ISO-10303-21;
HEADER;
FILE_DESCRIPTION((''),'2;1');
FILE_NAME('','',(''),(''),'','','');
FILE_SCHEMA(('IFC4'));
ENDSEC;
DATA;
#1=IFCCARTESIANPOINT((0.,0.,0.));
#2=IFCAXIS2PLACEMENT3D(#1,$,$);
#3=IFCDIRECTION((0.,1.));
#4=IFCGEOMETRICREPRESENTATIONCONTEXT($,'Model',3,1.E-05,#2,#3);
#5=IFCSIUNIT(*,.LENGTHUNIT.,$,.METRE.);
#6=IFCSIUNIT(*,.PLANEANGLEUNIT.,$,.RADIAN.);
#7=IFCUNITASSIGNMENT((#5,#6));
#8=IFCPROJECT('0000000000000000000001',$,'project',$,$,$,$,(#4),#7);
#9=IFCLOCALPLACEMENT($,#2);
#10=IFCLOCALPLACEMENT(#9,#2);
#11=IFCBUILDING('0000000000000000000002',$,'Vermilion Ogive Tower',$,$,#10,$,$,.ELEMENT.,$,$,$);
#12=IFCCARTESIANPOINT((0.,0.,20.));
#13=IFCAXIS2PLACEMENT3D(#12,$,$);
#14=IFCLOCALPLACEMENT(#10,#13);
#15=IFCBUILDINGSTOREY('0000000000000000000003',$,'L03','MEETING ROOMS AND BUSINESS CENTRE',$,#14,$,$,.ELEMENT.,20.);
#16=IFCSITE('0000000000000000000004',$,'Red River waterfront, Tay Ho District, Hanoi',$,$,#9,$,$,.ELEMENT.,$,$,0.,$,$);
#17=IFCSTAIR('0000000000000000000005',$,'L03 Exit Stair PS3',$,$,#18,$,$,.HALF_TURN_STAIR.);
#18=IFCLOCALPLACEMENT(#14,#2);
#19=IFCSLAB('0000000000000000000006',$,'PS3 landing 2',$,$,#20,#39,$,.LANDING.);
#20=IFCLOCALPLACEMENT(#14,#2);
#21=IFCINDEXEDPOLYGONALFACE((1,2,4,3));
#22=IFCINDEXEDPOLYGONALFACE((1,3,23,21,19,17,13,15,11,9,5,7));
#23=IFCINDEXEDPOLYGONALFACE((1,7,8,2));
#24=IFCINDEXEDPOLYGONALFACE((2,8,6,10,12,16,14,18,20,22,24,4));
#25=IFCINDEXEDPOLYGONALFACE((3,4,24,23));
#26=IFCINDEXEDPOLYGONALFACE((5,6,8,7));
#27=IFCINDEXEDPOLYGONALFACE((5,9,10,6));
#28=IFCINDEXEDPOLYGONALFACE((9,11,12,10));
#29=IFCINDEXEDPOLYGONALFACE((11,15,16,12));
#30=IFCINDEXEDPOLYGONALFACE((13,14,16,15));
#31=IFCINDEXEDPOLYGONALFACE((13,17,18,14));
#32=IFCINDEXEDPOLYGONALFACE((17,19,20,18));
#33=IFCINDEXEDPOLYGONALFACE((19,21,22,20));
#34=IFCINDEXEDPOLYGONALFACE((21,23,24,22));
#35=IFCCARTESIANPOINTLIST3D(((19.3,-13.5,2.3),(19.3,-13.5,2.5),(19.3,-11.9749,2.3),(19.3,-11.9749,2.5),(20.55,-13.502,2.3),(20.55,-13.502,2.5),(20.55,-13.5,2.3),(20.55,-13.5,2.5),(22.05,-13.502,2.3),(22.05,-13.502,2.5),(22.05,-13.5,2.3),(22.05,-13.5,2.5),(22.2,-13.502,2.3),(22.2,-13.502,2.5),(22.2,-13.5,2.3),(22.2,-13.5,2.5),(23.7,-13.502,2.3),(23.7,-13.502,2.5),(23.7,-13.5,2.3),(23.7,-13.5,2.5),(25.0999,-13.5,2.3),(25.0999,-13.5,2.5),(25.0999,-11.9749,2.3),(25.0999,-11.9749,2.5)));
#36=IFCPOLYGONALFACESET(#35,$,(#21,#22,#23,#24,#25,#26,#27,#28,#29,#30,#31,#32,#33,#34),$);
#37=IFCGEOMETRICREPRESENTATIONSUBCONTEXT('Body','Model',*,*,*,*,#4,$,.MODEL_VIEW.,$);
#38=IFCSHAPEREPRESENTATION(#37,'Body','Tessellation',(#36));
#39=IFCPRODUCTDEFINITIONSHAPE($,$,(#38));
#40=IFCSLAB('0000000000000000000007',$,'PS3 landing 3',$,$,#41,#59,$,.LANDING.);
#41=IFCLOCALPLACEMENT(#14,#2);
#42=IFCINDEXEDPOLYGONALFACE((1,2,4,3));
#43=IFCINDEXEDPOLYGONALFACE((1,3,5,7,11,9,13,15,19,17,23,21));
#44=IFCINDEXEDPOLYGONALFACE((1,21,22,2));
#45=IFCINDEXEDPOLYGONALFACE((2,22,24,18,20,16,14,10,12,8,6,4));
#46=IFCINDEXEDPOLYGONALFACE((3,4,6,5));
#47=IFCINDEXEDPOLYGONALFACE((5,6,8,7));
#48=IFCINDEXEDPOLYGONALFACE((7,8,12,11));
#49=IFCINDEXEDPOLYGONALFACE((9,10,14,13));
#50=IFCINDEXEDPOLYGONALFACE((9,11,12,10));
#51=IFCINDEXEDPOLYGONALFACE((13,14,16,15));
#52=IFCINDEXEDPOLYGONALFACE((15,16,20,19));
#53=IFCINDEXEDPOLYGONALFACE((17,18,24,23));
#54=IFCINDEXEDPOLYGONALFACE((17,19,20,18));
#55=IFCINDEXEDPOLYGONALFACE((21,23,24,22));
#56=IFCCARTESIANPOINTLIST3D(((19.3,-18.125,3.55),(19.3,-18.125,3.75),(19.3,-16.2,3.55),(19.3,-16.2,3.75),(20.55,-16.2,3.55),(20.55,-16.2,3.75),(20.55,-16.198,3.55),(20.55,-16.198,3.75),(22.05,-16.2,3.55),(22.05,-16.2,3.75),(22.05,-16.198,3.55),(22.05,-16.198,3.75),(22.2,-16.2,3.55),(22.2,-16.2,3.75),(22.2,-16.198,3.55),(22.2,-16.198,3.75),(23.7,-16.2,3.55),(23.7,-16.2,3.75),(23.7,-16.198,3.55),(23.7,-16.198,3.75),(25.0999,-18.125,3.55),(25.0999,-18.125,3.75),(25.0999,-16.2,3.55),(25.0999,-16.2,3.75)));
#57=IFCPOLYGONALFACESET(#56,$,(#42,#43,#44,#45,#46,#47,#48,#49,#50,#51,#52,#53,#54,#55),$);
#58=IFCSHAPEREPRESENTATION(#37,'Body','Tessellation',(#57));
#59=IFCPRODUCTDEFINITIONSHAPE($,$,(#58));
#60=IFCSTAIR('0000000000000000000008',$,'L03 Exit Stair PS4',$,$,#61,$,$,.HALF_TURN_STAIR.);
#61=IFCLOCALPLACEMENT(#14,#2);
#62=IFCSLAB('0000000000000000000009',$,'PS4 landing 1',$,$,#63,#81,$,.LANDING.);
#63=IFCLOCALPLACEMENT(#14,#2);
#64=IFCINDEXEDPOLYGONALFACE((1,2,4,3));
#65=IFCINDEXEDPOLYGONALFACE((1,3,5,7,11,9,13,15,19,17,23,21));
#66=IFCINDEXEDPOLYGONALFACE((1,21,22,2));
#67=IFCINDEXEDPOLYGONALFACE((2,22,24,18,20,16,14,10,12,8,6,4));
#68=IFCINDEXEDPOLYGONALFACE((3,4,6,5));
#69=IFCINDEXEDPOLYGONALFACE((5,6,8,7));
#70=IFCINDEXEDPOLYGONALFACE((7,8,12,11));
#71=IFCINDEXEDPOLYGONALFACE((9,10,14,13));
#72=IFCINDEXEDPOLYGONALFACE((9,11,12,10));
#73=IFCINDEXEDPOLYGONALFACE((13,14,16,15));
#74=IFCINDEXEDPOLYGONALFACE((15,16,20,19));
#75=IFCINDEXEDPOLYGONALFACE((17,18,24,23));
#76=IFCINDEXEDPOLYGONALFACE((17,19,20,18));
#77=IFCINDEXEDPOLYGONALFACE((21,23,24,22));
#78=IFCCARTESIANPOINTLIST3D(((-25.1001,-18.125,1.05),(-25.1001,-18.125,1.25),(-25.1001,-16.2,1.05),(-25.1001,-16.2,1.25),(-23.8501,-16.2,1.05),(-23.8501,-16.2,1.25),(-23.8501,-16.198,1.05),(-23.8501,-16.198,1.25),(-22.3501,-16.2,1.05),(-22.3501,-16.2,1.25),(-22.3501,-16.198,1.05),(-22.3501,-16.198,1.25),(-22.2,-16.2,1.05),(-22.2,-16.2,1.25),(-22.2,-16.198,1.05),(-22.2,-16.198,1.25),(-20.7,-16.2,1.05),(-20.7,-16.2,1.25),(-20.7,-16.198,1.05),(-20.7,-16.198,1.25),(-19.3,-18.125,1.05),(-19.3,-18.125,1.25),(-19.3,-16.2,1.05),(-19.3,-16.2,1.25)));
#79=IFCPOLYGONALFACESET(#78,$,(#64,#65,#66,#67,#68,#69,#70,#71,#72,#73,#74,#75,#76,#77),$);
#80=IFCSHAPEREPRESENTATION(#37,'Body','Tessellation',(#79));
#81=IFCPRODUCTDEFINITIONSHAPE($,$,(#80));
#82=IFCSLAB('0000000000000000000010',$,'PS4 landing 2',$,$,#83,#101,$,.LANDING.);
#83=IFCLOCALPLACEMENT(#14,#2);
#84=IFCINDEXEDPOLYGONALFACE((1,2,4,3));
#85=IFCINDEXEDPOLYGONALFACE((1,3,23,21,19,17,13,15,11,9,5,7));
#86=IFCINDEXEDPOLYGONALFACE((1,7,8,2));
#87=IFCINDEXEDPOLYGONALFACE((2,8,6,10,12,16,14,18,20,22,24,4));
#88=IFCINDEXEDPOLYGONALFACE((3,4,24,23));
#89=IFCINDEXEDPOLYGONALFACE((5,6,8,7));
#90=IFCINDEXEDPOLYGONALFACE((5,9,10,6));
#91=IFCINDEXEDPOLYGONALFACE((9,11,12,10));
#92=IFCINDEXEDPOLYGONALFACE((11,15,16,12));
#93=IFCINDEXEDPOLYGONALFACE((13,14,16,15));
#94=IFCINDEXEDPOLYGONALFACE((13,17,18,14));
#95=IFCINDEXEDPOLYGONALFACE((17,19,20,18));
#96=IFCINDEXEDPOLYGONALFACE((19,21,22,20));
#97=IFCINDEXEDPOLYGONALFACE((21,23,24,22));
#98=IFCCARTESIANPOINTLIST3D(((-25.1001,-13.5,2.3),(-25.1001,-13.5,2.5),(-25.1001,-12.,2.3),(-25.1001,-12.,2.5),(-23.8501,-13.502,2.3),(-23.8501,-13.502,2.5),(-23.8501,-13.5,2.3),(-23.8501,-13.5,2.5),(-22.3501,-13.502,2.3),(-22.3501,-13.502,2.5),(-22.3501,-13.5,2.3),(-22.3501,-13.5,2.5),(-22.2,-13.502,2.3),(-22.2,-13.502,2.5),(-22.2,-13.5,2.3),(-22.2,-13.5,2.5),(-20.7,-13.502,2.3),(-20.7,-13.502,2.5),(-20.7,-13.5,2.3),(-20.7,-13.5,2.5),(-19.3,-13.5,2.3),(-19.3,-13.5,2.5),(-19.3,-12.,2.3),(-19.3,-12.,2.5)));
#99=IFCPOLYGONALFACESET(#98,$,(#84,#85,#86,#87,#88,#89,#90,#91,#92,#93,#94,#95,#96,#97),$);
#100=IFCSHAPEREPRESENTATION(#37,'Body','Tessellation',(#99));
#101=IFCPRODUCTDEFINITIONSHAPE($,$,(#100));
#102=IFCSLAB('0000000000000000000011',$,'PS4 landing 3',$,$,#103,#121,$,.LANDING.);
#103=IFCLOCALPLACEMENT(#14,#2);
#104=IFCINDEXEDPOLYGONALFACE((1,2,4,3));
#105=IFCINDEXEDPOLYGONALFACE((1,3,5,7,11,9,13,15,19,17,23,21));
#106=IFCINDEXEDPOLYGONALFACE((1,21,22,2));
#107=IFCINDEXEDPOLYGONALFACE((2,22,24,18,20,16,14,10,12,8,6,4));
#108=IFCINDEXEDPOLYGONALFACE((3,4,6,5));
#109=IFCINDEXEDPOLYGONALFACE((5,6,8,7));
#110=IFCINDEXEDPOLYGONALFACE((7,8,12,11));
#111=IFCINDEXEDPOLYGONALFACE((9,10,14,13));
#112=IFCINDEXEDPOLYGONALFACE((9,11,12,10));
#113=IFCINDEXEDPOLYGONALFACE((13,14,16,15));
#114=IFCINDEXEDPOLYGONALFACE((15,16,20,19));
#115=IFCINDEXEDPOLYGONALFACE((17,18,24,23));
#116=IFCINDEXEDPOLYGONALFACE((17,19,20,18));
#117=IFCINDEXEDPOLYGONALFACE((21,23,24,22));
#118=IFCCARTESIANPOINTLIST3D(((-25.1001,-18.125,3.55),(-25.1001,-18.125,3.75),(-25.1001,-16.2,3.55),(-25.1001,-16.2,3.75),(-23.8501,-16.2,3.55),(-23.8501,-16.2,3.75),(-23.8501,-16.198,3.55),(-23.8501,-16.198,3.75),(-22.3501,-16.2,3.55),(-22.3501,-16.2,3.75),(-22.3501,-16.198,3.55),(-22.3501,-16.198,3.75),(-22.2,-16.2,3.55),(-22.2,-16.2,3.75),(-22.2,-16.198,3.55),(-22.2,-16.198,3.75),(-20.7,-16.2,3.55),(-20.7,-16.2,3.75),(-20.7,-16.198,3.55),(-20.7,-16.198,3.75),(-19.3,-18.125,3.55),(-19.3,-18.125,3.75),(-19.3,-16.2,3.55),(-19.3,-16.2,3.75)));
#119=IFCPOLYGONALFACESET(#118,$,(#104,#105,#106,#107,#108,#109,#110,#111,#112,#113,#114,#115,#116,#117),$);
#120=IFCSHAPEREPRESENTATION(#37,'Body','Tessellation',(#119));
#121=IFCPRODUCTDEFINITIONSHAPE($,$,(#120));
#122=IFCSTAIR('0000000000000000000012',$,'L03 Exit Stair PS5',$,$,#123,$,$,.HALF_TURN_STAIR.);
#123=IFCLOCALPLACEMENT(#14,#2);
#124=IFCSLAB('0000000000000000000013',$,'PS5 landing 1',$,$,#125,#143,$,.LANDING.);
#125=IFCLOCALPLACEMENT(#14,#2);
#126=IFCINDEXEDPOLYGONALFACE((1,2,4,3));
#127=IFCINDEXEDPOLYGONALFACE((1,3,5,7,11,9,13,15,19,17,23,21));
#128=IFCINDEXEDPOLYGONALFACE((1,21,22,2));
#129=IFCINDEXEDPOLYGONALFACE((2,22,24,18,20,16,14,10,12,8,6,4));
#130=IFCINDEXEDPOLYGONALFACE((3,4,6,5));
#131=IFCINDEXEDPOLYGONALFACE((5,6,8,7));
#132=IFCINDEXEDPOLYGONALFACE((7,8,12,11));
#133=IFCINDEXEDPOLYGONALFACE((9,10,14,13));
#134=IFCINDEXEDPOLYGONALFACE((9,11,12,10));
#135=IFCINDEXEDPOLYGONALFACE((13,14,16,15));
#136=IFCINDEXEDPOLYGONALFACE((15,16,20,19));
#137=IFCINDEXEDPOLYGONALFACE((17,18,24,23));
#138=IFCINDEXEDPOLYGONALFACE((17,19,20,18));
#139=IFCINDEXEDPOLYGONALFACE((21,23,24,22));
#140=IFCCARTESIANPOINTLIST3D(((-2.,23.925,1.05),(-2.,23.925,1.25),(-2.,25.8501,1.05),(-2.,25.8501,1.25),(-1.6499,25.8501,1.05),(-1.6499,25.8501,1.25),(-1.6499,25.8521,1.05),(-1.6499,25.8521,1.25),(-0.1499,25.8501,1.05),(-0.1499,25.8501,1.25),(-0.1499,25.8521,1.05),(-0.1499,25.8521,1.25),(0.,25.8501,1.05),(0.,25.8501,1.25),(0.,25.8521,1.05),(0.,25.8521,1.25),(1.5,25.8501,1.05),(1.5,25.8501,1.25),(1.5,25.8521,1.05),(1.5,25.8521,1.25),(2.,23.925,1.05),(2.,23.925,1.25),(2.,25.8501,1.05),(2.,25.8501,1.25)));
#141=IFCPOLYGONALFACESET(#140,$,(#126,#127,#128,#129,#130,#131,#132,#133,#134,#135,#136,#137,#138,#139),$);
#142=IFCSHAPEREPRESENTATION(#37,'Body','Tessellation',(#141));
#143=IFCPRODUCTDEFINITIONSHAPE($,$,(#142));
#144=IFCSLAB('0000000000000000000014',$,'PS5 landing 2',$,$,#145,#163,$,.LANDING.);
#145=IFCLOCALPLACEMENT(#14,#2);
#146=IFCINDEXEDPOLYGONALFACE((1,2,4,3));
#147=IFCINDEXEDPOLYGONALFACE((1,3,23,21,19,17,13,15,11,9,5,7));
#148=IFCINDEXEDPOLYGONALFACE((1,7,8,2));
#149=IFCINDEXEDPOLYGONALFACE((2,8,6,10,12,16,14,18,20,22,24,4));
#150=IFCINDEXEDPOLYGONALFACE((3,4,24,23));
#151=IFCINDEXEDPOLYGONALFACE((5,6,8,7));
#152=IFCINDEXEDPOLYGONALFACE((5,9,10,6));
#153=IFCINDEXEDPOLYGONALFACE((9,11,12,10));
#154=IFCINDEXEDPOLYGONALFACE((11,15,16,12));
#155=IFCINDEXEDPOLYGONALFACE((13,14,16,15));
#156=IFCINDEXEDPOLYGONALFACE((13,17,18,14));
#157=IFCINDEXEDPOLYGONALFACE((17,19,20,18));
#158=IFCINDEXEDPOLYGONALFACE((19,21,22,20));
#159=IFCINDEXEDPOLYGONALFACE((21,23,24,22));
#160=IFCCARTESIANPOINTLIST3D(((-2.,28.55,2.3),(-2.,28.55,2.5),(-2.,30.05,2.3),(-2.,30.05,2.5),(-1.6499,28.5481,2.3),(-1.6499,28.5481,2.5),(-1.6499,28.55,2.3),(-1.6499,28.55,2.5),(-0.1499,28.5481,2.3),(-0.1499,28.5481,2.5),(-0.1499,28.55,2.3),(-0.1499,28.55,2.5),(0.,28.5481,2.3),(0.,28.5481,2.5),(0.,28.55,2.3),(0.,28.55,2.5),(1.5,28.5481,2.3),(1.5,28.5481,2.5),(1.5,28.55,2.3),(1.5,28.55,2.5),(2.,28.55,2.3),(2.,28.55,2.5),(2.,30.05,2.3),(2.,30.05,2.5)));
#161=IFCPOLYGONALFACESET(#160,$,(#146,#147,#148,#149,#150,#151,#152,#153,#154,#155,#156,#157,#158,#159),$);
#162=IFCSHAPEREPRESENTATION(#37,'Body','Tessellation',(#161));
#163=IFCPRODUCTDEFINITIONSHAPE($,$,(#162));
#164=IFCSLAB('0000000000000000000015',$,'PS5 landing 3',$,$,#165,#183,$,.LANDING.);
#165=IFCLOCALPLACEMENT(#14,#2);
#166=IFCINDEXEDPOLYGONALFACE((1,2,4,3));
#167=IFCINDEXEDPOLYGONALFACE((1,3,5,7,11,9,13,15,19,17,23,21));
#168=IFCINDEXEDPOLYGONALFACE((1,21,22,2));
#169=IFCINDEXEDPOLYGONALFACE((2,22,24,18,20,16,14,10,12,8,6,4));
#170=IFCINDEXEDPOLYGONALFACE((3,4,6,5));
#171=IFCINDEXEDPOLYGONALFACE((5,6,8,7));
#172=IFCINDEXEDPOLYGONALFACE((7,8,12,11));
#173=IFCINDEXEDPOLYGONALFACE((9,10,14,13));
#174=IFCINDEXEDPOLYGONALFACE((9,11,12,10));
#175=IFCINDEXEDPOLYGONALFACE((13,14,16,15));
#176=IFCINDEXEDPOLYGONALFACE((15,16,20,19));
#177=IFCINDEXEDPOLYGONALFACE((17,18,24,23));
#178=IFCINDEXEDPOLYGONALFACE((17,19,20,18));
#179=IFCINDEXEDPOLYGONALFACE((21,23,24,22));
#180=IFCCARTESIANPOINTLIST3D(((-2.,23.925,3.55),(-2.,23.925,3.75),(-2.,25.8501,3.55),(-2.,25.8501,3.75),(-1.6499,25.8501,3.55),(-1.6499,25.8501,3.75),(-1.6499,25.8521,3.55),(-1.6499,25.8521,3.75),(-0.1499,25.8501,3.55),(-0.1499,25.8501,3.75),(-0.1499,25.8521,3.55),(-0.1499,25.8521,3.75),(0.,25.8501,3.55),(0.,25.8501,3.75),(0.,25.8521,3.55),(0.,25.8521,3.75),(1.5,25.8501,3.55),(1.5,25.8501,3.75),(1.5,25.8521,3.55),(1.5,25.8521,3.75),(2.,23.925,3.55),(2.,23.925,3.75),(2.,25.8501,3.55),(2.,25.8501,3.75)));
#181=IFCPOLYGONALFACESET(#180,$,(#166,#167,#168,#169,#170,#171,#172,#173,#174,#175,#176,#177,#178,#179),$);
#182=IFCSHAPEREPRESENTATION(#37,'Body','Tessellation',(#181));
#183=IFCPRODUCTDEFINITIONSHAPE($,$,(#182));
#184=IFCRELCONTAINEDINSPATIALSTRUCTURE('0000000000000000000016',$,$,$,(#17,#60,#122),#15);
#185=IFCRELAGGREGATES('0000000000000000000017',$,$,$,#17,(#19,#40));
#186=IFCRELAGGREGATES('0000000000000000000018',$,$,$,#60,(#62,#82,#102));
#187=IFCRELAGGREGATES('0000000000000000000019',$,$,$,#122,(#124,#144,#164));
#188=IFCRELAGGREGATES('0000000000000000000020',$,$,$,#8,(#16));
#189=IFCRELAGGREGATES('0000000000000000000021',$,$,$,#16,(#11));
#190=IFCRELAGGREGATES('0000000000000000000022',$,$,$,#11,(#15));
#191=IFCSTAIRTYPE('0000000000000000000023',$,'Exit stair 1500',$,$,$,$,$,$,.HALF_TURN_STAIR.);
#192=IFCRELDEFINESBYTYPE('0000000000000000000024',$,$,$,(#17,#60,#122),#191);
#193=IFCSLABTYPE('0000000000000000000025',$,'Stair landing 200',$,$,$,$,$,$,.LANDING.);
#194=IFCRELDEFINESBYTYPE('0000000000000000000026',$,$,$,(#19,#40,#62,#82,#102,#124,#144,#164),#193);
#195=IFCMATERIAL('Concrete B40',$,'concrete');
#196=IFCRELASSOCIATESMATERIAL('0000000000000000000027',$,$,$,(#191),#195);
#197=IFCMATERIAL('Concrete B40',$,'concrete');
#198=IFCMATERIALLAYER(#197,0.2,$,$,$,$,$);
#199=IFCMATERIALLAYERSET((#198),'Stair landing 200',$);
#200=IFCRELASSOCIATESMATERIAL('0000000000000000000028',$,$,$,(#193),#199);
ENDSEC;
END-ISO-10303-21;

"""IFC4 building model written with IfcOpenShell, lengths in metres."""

from ifc_helpers import new_model, si_unit, direction, frame, origin, place, context, subcontext, project, spatial, polyline, outline, extrude, material, layer, layer_set, type_object, element, aggregate, save


model = new_model("IFC4")

# Units and contexts
model_context = context("Model", 3, precision=1e-05, world=origin(), true_north=direction((0.0, 1.0)))
body_context = subcontext(model_context, "Body", "Model", "MODEL_VIEW")
ifc_project = project(units=[si_unit("LENGTHUNIT", "METRE"), si_unit("PLANEANGLEUNIT", "RADIAN")], contexts=[model_context])

# Site, building, storey
site_placement = place(None, origin())
site = spatial("IfcSite", under=ifc_project, at=site_placement, Name="Red River waterfront, Tay Ho District, Hanoi", CompositionType="ELEMENT", RefElevation=0.0)
building_placement = place(site_placement, origin())
building = spatial("IfcBuilding", under=site, at=building_placement, Name="Vermilion Ogive Tower", CompositionType="ELEMENT")
storey_placement = place(building_placement, frame((0.0, 0.0, 20.0)))
storey = spatial("IfcBuildingStorey", under=building, at=storey_placement, Name="L03", Description="MEETING ROOMS AND BUSINESS CENTRE", CompositionType="ELEMENT", Elevation=20.0)

# Shared definitions
ifc_material_1 = material(Name="Concrete B40", Category="concrete")
stair_type = type_object("IfcStairType", Name="Exit stair 1500", PredefinedType="HALF_TURN_STAIR", material=ifc_material_1)
ifc_material_2 = material(Name="Concrete B40", Category="concrete")
ifc_layer_1 = layer(ifc_material_2, 0.2)
ifc_layer_set_1 = layer_set([ifc_layer_1], Name="Stair landing 200")
slab_type_1 = type_object("IfcSlabType", Name="Stair landing 200", PredefinedType="LANDING", material=ifc_layer_set_1)

# Stairs, slabs
stair_1_placement = place(storey_placement, origin())
stair_1 = element("IfcStair", 1, at=stair_1_placement, inside=storey, type_object=stair_type, Name="L03 Exit Stair PS3", PredefinedType="HALF_TURN_STAIR")
slab_1_placement = place(storey_placement, frame((0.0, 0.0, 2.3)))
slab_1 = element("IfcSlab", 2, at=slab_1_placement, type_object=slab_type_1, Name="PS3 landing 2", PredefinedType="LANDING", context=body_context, shape_type="SweptSolid", body=[
    extrude(outline(polyline([(19.3, -13.5), (20.55, -13.5), (20.55, -13.502), (22.05, -13.502), (22.05, -13.5), (22.2, -13.5), (22.2, -13.502), (23.7, -13.502), (23.7, -13.5), (25.0999, -13.5), (25.0999, -11.9749), (19.3, -11.9749), (19.3, -13.5)])), origin(), (0.0, 0.0, 1.0), 0.2),
])
slab_2_placement = place(storey_placement, frame((0.0, 0.0, 3.55)))
slab_2 = element("IfcSlab", 3, at=slab_2_placement, type_object=slab_type_1, Name="PS3 landing 3", PredefinedType="LANDING", context=body_context, shape_type="SweptSolid", body=[
    extrude(outline(polyline([(25.0999, -16.2), (23.7, -16.2), (23.7, -16.198), (22.2, -16.198), (22.2, -16.2), (22.05, -16.2), (22.05, -16.198), (20.55, -16.198), (20.55, -16.2), (19.3, -16.2), (19.3, -18.125), (25.0999, -18.125), (25.0999, -16.2)])), origin(), (0.0, 0.0, 1.0), 0.2),
])
aggregate(stair_1, [slab_1, slab_2])
stair_2_placement = place(storey_placement, origin())
stair_2 = element("IfcStair", 4, at=stair_2_placement, inside=storey, type_object=stair_type, Name="L03 Exit Stair PS4", PredefinedType="HALF_TURN_STAIR")
slab_3_placement = place(storey_placement, frame((0.0, 0.0, 1.05)))
slab_3 = element("IfcSlab", 5, at=slab_3_placement, type_object=slab_type_1, Name="PS4 landing 1", PredefinedType="LANDING", context=body_context, shape_type="SweptSolid", body=[
    extrude(outline(polyline([(-19.3, -16.2), (-20.7, -16.2), (-20.7, -16.198), (-22.2, -16.198), (-22.2, -16.2), (-22.3501, -16.2), (-22.3501, -16.198), (-23.8501, -16.198), (-23.8501, -16.2), (-25.1001, -16.2), (-25.1001, -18.125), (-19.3, -18.125), (-19.3, -16.2)])), origin(), (0.0, 0.0, 1.0), 0.2),
])
slab_4_placement = place(storey_placement, frame((0.0, 0.0, 2.3)))
slab_4 = element("IfcSlab", 6, at=slab_4_placement, type_object=slab_type_1, Name="PS4 landing 2", PredefinedType="LANDING", context=body_context, shape_type="SweptSolid", body=[
    extrude(outline(polyline([(-25.1001, -13.5), (-23.8501, -13.5), (-23.8501, -13.502), (-22.3501, -13.502), (-22.3501, -13.5), (-22.2, -13.5), (-22.2, -13.502), (-20.7, -13.502), (-20.7, -13.5), (-19.3, -13.5), (-19.3, -12.0), (-25.1001, -12.0), (-25.1001, -13.5)])), origin(), (0.0, 0.0, 1.0), 0.2),
])
slab_5_placement = place(storey_placement, frame((0.0, 0.0, 3.55)))
slab_5 = element("IfcSlab", 7, at=slab_5_placement, type_object=slab_type_1, Name="PS4 landing 3", PredefinedType="LANDING", context=body_context, shape_type="SweptSolid", body=[
    extrude(outline(polyline([(-19.3, -16.2), (-20.7, -16.2), (-20.7, -16.198), (-22.2, -16.198), (-22.2, -16.2), (-22.3501, -16.2), (-22.3501, -16.198), (-23.8501, -16.198), (-23.8501, -16.2), (-25.1001, -16.2), (-25.1001, -18.125), (-19.3, -18.125), (-19.3, -16.2)])), origin(), (0.0, 0.0, 1.0), 0.2),
])
aggregate(stair_2, [slab_3, slab_4, slab_5])
stair_3_placement = place(storey_placement, origin())
stair_3 = element("IfcStair", 8, at=stair_3_placement, inside=storey, type_object=stair_type, Name="L03 Exit Stair PS5", PredefinedType="HALF_TURN_STAIR")
slab_6_placement = place(storey_placement, frame((0.0, 0.0, 1.05)))
slab_6 = element("IfcSlab", 9, at=slab_6_placement, type_object=slab_type_1, Name="PS5 landing 1", PredefinedType="LANDING", context=body_context, shape_type="SweptSolid", body=[
    extrude(outline(polyline([(2.0, 25.8501), (1.5, 25.8501), (1.5, 25.8521), (0.0, 25.8521), (0.0, 25.8501), (-0.1499, 25.8501), (-0.1499, 25.8521), (-1.6499, 25.8521), (-1.6499, 25.8501), (-2.0, 25.8501), (-2.0, 23.925), (2.0, 23.925), (2.0, 25.8501)])), origin(), (0.0, 0.0, 1.0), 0.2),
])
slab_7_placement = place(storey_placement, frame((0.0, 0.0, 2.3)))
slab_7 = element("IfcSlab", 10, at=slab_7_placement, type_object=slab_type_1, Name="PS5 landing 2", PredefinedType="LANDING", context=body_context, shape_type="SweptSolid", body=[
    extrude(outline(polyline([(-2.0, 28.55), (-1.6499, 28.55), (-1.6499, 28.5481), (-0.1499, 28.5481), (-0.1499, 28.55), (0.0, 28.55), (0.0, 28.5481), (1.5, 28.5481), (1.5, 28.55), (2.0, 28.55), (2.0, 30.05), (-2.0, 30.05), (-2.0, 28.55)])), origin(), (0.0, 0.0, 1.0), 0.2),
])
slab_8_placement = place(storey_placement, frame((0.0, 0.0, 3.55)))
slab_8 = element("IfcSlab", 11, at=slab_8_placement, type_object=slab_type_1, Name="PS5 landing 3", PredefinedType="LANDING", context=body_context, shape_type="SweptSolid", body=[
    extrude(outline(polyline([(2.0, 25.8501), (1.5, 25.8501), (1.5, 25.8521), (0.0, 25.8521), (0.0, 25.8501), (-0.1499, 25.8501), (-0.1499, 25.8521), (-1.6499, 25.8521), (-1.6499, 25.8501), (-2.0, 25.8501), (-2.0, 23.925), (2.0, 23.925), (2.0, 25.8501)])), origin(), (0.0, 0.0, 1.0), 0.2),
])
aggregate(stair_3, [slab_6, slab_7, slab_8])

save(model, "model.ifc")
